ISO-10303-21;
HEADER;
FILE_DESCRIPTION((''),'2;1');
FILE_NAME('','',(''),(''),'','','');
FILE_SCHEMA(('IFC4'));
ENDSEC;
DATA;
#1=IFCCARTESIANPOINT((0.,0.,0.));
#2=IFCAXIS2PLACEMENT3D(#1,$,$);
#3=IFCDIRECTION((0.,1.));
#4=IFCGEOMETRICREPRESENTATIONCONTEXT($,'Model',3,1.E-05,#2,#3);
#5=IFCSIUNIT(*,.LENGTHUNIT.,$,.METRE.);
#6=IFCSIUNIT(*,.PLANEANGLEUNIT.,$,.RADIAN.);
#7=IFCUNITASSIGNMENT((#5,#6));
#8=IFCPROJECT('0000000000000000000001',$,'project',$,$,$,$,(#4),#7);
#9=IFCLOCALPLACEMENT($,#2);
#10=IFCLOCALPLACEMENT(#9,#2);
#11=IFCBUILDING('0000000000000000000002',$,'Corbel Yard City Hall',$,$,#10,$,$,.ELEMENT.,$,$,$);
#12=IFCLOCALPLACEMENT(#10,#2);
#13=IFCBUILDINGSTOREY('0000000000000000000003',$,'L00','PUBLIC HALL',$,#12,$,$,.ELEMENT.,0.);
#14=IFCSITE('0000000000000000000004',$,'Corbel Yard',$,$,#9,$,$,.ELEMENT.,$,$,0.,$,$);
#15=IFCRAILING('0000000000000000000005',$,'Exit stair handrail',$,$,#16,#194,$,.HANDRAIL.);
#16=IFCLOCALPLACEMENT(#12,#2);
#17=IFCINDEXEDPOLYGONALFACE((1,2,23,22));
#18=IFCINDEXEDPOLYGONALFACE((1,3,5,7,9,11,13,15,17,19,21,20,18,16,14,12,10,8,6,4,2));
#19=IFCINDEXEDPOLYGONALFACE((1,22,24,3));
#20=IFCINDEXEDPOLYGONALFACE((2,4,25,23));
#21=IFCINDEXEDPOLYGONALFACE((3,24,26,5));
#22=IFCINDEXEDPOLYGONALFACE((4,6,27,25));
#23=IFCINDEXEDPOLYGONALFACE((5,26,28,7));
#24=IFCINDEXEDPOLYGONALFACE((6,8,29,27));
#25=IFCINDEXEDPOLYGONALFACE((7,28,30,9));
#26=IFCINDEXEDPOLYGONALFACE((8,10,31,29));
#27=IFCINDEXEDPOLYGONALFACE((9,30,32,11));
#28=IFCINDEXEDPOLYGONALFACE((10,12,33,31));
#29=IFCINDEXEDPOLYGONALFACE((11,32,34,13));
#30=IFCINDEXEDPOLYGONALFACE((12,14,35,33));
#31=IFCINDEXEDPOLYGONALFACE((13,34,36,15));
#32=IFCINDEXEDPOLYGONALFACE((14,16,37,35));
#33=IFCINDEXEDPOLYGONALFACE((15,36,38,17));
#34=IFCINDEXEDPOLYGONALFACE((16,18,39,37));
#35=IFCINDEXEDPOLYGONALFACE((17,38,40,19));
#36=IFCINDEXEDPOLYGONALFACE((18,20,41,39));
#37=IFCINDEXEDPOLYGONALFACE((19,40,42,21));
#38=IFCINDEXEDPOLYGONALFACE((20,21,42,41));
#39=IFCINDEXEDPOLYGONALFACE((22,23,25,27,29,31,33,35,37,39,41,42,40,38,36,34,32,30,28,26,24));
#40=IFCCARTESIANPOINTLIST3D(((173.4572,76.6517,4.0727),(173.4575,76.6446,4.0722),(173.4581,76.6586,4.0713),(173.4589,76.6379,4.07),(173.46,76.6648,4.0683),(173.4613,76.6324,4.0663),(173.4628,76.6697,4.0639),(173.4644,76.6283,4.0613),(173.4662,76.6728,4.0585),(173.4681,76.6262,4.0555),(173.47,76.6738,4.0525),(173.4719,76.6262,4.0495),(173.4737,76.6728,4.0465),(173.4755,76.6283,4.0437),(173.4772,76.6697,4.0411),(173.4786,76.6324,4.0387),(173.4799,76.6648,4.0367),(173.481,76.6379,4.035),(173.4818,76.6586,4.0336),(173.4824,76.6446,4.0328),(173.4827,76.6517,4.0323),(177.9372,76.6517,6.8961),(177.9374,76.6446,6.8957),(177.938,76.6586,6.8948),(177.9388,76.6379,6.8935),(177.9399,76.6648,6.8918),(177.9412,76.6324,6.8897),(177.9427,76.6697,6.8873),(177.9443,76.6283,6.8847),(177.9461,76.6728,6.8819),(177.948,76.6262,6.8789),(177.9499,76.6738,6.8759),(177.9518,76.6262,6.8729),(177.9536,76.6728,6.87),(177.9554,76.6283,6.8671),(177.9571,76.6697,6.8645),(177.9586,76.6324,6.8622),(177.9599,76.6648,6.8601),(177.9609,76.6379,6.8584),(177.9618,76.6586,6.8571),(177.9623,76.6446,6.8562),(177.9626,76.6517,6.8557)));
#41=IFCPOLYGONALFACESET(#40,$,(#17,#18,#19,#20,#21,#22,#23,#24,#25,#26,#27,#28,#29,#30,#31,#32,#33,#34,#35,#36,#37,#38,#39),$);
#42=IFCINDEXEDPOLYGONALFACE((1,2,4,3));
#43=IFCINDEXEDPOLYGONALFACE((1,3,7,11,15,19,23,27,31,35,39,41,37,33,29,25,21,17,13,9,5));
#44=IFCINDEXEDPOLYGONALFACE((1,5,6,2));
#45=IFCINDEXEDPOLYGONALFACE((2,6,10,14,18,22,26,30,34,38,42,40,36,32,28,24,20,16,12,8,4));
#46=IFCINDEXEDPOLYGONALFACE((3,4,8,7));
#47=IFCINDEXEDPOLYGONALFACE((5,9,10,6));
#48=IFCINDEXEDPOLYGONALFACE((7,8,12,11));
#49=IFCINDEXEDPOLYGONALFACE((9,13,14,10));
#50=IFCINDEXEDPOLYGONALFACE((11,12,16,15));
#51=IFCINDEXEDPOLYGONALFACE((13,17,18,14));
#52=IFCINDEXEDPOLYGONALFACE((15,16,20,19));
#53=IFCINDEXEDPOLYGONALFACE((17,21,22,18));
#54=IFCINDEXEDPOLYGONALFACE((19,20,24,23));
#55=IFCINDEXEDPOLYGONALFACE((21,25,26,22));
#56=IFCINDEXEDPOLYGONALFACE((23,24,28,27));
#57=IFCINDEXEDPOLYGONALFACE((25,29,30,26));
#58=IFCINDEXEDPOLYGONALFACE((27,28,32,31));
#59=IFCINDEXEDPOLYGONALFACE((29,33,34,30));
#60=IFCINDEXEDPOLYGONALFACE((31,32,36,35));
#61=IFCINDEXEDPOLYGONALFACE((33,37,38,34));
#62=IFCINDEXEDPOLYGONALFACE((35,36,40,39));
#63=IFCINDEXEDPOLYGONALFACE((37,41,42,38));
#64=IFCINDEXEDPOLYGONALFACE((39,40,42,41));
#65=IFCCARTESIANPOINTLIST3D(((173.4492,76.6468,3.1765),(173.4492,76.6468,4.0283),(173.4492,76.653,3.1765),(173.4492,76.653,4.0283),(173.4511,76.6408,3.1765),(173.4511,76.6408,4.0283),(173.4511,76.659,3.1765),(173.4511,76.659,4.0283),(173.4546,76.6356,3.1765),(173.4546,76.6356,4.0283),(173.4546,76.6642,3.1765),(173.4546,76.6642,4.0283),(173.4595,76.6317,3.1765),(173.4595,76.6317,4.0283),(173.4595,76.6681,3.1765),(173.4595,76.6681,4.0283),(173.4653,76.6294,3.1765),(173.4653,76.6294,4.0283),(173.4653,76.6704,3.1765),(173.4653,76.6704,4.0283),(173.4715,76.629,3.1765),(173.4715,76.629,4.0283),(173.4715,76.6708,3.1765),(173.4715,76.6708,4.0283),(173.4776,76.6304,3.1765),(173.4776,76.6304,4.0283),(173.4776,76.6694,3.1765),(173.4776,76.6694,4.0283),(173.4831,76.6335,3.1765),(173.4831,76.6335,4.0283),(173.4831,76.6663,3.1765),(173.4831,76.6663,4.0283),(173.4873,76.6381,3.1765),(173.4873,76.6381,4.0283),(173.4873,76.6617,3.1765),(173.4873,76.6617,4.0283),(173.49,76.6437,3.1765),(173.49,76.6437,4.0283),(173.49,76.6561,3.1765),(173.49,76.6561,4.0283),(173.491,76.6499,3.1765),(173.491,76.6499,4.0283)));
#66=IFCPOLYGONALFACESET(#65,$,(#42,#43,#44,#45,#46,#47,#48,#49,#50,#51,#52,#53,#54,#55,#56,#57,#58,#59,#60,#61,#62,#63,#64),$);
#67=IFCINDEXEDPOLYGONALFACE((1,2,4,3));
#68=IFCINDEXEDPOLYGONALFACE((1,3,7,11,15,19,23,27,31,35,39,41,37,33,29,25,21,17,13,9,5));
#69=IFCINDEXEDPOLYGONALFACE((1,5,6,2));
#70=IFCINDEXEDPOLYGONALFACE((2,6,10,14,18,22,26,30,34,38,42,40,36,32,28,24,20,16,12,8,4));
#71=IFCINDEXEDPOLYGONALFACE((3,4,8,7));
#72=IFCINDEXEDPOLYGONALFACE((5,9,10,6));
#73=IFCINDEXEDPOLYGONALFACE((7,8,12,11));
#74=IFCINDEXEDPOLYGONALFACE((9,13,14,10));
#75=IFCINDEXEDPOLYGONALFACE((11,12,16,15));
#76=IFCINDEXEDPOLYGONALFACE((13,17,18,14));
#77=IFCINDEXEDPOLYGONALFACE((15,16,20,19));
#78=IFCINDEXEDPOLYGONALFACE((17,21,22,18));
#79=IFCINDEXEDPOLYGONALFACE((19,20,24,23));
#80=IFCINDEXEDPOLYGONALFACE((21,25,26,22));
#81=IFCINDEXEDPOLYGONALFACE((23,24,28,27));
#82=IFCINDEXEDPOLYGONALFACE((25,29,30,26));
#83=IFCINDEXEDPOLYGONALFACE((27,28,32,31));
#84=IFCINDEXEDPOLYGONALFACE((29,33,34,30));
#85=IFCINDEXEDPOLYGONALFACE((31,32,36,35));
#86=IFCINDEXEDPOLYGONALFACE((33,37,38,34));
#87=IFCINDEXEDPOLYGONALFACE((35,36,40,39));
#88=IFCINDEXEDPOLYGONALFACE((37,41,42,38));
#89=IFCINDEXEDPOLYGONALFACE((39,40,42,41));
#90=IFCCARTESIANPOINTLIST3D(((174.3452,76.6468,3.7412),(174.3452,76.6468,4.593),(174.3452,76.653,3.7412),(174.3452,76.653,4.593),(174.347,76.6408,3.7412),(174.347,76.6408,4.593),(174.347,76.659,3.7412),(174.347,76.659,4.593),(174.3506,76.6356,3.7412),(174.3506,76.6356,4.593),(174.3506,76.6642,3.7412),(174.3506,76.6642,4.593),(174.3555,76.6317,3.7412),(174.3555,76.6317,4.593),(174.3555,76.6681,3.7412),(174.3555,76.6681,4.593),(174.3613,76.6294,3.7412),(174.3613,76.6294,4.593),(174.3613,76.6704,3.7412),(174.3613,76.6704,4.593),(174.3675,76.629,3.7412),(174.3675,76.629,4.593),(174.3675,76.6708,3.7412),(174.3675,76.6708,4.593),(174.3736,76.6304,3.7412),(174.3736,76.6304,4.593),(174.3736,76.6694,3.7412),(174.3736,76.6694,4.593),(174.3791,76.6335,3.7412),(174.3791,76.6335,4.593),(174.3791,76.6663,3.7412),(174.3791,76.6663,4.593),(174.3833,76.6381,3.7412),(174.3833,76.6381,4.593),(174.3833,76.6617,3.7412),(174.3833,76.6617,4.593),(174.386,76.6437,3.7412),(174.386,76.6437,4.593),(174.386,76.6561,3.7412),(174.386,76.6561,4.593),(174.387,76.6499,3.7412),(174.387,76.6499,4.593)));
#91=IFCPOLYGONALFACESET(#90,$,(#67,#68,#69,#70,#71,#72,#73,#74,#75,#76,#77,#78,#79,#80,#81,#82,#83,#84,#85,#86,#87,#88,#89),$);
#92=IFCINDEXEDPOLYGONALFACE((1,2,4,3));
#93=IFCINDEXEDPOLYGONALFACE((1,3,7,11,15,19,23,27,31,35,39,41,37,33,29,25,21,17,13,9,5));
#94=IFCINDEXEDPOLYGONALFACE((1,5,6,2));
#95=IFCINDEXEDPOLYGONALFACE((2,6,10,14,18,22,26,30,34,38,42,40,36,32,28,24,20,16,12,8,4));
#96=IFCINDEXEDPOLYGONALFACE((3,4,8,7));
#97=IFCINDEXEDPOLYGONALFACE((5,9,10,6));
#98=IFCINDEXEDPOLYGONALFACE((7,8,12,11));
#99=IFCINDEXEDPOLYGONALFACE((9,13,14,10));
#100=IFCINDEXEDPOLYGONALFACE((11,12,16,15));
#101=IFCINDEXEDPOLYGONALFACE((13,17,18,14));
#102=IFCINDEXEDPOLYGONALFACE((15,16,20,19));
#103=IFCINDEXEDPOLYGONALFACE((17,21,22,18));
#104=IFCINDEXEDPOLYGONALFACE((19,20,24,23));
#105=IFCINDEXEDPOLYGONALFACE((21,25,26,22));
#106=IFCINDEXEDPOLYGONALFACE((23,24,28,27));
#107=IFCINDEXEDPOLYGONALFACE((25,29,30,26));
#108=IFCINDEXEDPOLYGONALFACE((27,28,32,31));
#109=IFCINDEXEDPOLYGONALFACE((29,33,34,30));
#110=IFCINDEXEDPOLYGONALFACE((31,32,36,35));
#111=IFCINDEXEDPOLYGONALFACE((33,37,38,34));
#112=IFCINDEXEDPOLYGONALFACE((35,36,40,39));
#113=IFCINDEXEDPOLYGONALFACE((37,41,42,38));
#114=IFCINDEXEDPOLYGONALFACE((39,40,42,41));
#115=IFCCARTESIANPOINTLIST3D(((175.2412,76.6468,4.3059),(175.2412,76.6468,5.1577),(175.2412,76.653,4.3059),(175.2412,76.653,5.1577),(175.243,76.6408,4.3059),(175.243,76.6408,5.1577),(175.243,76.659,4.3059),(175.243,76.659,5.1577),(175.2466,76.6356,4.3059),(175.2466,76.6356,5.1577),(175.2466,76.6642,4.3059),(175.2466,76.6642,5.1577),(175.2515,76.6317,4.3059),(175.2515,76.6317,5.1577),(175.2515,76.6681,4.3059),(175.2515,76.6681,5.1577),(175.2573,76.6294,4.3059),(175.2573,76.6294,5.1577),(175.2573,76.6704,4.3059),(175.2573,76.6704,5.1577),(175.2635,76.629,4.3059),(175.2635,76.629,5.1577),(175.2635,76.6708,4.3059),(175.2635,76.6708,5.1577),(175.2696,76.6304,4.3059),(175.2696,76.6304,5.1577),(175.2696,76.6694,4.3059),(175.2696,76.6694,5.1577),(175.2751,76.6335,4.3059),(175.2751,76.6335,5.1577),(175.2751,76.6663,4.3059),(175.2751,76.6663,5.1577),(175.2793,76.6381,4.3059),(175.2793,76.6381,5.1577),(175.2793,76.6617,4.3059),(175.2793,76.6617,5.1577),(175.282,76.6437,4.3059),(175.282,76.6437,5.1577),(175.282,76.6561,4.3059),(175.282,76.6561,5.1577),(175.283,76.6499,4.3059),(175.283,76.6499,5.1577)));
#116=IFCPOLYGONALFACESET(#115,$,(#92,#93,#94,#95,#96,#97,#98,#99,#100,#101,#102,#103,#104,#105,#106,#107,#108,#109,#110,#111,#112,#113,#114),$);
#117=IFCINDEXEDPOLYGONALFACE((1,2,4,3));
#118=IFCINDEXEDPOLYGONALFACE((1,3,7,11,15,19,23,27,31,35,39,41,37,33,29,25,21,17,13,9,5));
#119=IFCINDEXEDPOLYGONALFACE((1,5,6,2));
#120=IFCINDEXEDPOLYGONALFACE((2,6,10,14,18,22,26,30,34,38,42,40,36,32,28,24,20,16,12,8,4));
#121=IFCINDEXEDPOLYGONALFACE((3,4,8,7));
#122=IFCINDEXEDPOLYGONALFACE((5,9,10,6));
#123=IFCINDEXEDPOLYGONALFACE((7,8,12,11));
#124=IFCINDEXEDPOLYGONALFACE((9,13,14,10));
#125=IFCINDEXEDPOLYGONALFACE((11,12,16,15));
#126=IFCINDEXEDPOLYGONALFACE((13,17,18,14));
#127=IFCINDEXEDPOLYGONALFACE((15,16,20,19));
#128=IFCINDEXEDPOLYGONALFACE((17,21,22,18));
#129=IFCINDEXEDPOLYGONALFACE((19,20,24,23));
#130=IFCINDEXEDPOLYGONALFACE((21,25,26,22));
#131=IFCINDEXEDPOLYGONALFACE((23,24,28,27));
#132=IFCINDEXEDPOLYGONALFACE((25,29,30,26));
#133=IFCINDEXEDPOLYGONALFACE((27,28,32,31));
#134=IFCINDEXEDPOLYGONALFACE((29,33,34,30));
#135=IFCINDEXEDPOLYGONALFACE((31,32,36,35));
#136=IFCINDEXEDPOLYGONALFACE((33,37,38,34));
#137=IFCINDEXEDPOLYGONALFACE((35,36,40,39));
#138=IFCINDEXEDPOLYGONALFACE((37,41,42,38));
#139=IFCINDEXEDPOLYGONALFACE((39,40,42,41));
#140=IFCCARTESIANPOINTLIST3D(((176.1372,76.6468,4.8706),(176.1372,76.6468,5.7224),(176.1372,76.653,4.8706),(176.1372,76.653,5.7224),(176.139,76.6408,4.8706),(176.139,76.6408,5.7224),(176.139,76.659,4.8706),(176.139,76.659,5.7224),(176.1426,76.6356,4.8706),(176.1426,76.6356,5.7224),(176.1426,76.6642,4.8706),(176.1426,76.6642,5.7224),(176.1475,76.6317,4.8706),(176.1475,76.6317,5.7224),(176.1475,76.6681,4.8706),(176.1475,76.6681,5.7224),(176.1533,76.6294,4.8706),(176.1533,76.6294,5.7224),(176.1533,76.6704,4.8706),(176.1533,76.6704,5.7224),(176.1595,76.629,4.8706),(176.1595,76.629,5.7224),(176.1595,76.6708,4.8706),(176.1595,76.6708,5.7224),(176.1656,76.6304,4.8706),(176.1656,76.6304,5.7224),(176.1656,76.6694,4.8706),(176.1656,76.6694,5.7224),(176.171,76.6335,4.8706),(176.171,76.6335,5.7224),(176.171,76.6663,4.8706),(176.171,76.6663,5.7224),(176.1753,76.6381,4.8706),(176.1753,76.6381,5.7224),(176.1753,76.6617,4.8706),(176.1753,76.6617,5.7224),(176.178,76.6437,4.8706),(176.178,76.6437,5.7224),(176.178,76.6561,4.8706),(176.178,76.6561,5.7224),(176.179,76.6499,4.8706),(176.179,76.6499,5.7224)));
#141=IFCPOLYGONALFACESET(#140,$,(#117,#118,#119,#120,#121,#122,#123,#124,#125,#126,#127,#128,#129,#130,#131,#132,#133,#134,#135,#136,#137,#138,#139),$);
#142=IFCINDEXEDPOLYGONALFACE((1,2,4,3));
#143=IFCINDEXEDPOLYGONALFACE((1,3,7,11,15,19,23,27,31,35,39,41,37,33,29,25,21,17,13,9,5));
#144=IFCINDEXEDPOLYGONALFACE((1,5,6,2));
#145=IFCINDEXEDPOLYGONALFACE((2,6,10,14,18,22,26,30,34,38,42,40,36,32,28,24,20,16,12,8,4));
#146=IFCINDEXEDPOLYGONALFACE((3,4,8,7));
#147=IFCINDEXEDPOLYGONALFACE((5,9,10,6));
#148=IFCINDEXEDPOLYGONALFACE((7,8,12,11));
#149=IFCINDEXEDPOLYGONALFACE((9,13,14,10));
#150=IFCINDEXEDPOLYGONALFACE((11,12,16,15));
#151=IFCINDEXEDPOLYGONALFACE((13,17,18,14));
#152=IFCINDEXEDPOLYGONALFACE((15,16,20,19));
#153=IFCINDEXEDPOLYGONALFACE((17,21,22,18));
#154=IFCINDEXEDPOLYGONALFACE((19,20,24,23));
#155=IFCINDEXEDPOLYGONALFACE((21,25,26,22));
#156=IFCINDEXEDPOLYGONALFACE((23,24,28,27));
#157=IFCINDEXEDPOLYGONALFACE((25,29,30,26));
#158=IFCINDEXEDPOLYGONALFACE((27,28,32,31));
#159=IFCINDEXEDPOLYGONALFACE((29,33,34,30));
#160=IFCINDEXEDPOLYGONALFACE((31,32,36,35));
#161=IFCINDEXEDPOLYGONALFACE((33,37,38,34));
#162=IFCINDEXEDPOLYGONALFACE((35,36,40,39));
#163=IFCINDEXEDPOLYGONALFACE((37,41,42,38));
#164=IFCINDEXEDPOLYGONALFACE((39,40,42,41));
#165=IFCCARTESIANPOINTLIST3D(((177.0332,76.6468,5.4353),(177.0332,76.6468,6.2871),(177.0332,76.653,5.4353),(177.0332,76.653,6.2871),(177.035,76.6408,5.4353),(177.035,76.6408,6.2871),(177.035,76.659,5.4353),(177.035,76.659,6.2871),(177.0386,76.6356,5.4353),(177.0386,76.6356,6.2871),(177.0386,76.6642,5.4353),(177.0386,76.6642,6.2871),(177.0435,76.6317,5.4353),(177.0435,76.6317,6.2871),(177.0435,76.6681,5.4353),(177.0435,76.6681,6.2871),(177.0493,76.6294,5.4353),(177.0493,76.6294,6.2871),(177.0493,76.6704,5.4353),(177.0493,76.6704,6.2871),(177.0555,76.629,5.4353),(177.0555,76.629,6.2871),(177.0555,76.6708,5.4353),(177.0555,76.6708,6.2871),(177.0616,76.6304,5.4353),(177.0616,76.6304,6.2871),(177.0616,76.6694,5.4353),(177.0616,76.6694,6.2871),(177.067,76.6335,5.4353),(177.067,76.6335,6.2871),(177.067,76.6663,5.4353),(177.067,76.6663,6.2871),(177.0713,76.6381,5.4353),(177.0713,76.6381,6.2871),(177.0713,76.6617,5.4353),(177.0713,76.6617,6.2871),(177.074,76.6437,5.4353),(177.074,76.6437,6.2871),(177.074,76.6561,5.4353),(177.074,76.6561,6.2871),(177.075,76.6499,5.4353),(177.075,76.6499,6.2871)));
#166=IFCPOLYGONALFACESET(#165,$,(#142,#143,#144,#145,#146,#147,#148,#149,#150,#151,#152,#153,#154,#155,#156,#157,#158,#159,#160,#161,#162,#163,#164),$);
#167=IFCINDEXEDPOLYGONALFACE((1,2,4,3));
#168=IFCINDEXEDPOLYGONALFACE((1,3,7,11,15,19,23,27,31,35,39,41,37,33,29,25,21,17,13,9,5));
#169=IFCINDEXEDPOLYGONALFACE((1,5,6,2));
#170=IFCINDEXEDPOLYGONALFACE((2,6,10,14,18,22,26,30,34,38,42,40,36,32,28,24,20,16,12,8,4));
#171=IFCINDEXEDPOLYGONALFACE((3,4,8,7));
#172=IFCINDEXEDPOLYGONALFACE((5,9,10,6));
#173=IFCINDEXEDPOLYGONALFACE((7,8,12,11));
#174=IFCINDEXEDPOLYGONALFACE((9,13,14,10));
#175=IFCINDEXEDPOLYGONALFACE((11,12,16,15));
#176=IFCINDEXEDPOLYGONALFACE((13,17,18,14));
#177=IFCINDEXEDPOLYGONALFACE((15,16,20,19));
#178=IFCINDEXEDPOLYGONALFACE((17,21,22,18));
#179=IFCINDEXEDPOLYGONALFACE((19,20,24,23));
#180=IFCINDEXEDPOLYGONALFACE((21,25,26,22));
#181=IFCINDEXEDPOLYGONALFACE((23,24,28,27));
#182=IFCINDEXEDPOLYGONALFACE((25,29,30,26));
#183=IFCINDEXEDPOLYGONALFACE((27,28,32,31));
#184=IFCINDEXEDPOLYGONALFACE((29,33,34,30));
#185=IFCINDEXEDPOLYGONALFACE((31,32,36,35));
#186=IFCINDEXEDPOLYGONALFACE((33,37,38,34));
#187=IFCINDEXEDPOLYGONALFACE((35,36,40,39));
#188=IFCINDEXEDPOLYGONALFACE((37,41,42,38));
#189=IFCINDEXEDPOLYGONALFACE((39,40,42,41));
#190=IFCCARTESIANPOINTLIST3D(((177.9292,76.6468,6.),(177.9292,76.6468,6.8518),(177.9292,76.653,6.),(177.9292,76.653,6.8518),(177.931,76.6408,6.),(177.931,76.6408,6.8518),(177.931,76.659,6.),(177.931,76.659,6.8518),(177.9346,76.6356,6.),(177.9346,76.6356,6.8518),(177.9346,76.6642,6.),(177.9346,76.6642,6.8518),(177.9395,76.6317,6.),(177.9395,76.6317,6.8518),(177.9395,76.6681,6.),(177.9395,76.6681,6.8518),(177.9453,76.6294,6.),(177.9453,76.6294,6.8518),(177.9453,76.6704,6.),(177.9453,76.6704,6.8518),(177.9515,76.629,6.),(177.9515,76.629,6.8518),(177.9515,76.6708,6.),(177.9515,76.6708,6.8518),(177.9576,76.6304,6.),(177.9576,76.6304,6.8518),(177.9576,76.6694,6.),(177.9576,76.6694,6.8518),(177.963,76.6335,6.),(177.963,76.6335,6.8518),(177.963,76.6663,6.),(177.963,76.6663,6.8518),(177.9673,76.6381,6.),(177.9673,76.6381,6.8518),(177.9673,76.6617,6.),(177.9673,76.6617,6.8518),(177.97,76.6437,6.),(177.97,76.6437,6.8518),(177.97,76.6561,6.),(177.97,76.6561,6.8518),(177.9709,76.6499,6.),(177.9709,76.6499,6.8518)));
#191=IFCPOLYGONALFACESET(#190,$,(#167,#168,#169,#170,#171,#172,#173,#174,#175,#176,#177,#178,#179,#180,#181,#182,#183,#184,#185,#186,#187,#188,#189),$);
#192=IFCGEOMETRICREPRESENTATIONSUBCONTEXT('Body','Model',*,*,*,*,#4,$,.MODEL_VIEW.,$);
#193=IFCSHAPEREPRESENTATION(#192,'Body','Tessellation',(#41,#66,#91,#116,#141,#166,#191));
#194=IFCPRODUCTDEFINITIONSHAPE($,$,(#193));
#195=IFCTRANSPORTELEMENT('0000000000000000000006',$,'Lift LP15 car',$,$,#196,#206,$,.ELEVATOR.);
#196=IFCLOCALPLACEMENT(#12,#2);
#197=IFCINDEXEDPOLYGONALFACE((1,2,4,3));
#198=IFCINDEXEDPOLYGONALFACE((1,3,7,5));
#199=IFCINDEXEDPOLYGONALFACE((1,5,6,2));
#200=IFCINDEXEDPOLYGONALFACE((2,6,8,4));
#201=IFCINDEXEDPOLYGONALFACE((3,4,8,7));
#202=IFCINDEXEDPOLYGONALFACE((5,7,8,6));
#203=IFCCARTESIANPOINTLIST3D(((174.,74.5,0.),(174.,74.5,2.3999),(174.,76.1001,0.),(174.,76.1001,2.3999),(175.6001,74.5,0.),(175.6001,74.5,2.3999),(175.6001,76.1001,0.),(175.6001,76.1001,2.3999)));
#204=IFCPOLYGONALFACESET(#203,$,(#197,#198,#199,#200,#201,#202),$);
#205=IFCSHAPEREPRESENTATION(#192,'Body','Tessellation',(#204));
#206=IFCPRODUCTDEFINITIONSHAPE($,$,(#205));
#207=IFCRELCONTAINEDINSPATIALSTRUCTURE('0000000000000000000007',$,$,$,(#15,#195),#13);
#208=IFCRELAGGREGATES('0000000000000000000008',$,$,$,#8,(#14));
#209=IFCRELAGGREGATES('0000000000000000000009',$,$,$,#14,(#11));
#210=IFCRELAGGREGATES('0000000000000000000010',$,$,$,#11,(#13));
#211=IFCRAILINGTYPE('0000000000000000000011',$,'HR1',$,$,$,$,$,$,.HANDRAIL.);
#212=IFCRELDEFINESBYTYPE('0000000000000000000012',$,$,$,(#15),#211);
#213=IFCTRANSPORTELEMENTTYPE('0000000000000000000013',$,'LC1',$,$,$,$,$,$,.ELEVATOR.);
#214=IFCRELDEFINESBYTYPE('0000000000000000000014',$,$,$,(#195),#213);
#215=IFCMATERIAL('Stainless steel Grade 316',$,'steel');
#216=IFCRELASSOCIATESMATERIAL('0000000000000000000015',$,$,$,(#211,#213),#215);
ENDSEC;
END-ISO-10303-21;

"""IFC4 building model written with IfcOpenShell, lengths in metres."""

from ifc_helpers import new_model, si_unit, direction, frame, origin, origin_2d, place, context, subcontext, project, spatial, rectangle, circle, extrude, material, type_object, element, save


model = new_model("IFC4")

# Units and contexts
model_context = context("Model", 3, precision=1e-05, world=origin(), true_north=direction((0.0, 1.0)))
body_context = subcontext(model_context, "Body", "Model", "MODEL_VIEW")
ifc_project = project(units=[si_unit("LENGTHUNIT", "METRE"), si_unit("PLANEANGLEUNIT", "RADIAN")], contexts=[model_context])

# Site, building, storey
site_placement = place(None, origin())
site = spatial("IfcSite", under=ifc_project, at=site_placement, Name="Corbel Yard", CompositionType="ELEMENT", RefElevation=0.0)
building_placement = place(site_placement, origin())
building = spatial("IfcBuilding", under=site, at=building_placement, Name="Corbel Yard City Hall", CompositionType="ELEMENT")
storey_placement = place(building_placement, origin())
storey = spatial("IfcBuildingStorey", under=building, at=storey_placement, Name="L00", Description="PUBLIC HALL", CompositionType="ELEMENT", Elevation=0.0)

# Shared definitions
ifc_material_1 = material(Name="Stainless steel Grade 316", Category="steel")

# Railing
railing_type = type_object("IfcRailingType", Name="HR1", PredefinedType="HANDRAIL", material=ifc_material_1)
for number, where, name in (
    (1, (173.47, 76.6499, 3.1765), "Exit stair handrail"),
):
    element("IfcRailing", number, at=place(storey_placement, frame(where)), inside=storey, type_object=railing_type, Name=name, PredefinedType="HANDRAIL", context=body_context, shape_type="SweptSolid", body=[
        extrude(circle(Radius=0.0239, at=origin_2d()), frame((0.0, 0.0, 0.876), z_axis=(0.845998, 0.0, 0.533186), x_axis=(0.0, 1.0, 0.0)), (0.0, 0.0, 1.0), 5.2954),
        extrude(circle(Radius=0.021, at=origin_2d()), origin(), (0.0, 0.0, 1.0), 0.8518),
        extrude(circle(Radius=0.021, at=origin_2d()), frame((0.896, 0.0, 0.5647)), (0.0, 0.0, 1.0), 0.8518),
        extrude(circle(Radius=0.021, at=origin_2d()), frame((1.792, 0.0, 1.1294)), (0.0, 0.0, 1.0), 0.8518),
        extrude(circle(Radius=0.021, at=origin_2d()), frame((2.688, 0.0, 1.6941)), (0.0, 0.0, 1.0), 0.8518),
        extrude(circle(Radius=0.021, at=origin_2d()), frame((3.584, 0.0, 2.2588)), (0.0, 0.0, 1.0), 0.8518),
        extrude(circle(Radius=0.021, at=origin_2d()), frame((4.48, 0.0, 2.8235)), (0.0, 0.0, 1.0), 0.8518),
    ])

# Transport element
transport_element_type = type_object("IfcTransportElementType", Name="LC1", PredefinedType="ELEVATOR", material=ifc_material_1)
transport_element_placement = place(storey_placement, frame((174.8, 75.3, 0.0), z_axis=(0.0, 0.0, 1.0), x_axis=(0.0, 1.0, 0.0)))
element("IfcTransportElement", 2, at=transport_element_placement, inside=storey, type_object=transport_element_type, Name="Lift LP15 car", PredefinedType="ELEVATOR", context=body_context, shape_type="SweptSolid", body=[
    extrude(rectangle(XDim=1.6001, YDim=1.6001, at=origin_2d()), origin(), (0.0, 0.0, 1.0), 2.3999),
])

save(model, "model.ifc")
